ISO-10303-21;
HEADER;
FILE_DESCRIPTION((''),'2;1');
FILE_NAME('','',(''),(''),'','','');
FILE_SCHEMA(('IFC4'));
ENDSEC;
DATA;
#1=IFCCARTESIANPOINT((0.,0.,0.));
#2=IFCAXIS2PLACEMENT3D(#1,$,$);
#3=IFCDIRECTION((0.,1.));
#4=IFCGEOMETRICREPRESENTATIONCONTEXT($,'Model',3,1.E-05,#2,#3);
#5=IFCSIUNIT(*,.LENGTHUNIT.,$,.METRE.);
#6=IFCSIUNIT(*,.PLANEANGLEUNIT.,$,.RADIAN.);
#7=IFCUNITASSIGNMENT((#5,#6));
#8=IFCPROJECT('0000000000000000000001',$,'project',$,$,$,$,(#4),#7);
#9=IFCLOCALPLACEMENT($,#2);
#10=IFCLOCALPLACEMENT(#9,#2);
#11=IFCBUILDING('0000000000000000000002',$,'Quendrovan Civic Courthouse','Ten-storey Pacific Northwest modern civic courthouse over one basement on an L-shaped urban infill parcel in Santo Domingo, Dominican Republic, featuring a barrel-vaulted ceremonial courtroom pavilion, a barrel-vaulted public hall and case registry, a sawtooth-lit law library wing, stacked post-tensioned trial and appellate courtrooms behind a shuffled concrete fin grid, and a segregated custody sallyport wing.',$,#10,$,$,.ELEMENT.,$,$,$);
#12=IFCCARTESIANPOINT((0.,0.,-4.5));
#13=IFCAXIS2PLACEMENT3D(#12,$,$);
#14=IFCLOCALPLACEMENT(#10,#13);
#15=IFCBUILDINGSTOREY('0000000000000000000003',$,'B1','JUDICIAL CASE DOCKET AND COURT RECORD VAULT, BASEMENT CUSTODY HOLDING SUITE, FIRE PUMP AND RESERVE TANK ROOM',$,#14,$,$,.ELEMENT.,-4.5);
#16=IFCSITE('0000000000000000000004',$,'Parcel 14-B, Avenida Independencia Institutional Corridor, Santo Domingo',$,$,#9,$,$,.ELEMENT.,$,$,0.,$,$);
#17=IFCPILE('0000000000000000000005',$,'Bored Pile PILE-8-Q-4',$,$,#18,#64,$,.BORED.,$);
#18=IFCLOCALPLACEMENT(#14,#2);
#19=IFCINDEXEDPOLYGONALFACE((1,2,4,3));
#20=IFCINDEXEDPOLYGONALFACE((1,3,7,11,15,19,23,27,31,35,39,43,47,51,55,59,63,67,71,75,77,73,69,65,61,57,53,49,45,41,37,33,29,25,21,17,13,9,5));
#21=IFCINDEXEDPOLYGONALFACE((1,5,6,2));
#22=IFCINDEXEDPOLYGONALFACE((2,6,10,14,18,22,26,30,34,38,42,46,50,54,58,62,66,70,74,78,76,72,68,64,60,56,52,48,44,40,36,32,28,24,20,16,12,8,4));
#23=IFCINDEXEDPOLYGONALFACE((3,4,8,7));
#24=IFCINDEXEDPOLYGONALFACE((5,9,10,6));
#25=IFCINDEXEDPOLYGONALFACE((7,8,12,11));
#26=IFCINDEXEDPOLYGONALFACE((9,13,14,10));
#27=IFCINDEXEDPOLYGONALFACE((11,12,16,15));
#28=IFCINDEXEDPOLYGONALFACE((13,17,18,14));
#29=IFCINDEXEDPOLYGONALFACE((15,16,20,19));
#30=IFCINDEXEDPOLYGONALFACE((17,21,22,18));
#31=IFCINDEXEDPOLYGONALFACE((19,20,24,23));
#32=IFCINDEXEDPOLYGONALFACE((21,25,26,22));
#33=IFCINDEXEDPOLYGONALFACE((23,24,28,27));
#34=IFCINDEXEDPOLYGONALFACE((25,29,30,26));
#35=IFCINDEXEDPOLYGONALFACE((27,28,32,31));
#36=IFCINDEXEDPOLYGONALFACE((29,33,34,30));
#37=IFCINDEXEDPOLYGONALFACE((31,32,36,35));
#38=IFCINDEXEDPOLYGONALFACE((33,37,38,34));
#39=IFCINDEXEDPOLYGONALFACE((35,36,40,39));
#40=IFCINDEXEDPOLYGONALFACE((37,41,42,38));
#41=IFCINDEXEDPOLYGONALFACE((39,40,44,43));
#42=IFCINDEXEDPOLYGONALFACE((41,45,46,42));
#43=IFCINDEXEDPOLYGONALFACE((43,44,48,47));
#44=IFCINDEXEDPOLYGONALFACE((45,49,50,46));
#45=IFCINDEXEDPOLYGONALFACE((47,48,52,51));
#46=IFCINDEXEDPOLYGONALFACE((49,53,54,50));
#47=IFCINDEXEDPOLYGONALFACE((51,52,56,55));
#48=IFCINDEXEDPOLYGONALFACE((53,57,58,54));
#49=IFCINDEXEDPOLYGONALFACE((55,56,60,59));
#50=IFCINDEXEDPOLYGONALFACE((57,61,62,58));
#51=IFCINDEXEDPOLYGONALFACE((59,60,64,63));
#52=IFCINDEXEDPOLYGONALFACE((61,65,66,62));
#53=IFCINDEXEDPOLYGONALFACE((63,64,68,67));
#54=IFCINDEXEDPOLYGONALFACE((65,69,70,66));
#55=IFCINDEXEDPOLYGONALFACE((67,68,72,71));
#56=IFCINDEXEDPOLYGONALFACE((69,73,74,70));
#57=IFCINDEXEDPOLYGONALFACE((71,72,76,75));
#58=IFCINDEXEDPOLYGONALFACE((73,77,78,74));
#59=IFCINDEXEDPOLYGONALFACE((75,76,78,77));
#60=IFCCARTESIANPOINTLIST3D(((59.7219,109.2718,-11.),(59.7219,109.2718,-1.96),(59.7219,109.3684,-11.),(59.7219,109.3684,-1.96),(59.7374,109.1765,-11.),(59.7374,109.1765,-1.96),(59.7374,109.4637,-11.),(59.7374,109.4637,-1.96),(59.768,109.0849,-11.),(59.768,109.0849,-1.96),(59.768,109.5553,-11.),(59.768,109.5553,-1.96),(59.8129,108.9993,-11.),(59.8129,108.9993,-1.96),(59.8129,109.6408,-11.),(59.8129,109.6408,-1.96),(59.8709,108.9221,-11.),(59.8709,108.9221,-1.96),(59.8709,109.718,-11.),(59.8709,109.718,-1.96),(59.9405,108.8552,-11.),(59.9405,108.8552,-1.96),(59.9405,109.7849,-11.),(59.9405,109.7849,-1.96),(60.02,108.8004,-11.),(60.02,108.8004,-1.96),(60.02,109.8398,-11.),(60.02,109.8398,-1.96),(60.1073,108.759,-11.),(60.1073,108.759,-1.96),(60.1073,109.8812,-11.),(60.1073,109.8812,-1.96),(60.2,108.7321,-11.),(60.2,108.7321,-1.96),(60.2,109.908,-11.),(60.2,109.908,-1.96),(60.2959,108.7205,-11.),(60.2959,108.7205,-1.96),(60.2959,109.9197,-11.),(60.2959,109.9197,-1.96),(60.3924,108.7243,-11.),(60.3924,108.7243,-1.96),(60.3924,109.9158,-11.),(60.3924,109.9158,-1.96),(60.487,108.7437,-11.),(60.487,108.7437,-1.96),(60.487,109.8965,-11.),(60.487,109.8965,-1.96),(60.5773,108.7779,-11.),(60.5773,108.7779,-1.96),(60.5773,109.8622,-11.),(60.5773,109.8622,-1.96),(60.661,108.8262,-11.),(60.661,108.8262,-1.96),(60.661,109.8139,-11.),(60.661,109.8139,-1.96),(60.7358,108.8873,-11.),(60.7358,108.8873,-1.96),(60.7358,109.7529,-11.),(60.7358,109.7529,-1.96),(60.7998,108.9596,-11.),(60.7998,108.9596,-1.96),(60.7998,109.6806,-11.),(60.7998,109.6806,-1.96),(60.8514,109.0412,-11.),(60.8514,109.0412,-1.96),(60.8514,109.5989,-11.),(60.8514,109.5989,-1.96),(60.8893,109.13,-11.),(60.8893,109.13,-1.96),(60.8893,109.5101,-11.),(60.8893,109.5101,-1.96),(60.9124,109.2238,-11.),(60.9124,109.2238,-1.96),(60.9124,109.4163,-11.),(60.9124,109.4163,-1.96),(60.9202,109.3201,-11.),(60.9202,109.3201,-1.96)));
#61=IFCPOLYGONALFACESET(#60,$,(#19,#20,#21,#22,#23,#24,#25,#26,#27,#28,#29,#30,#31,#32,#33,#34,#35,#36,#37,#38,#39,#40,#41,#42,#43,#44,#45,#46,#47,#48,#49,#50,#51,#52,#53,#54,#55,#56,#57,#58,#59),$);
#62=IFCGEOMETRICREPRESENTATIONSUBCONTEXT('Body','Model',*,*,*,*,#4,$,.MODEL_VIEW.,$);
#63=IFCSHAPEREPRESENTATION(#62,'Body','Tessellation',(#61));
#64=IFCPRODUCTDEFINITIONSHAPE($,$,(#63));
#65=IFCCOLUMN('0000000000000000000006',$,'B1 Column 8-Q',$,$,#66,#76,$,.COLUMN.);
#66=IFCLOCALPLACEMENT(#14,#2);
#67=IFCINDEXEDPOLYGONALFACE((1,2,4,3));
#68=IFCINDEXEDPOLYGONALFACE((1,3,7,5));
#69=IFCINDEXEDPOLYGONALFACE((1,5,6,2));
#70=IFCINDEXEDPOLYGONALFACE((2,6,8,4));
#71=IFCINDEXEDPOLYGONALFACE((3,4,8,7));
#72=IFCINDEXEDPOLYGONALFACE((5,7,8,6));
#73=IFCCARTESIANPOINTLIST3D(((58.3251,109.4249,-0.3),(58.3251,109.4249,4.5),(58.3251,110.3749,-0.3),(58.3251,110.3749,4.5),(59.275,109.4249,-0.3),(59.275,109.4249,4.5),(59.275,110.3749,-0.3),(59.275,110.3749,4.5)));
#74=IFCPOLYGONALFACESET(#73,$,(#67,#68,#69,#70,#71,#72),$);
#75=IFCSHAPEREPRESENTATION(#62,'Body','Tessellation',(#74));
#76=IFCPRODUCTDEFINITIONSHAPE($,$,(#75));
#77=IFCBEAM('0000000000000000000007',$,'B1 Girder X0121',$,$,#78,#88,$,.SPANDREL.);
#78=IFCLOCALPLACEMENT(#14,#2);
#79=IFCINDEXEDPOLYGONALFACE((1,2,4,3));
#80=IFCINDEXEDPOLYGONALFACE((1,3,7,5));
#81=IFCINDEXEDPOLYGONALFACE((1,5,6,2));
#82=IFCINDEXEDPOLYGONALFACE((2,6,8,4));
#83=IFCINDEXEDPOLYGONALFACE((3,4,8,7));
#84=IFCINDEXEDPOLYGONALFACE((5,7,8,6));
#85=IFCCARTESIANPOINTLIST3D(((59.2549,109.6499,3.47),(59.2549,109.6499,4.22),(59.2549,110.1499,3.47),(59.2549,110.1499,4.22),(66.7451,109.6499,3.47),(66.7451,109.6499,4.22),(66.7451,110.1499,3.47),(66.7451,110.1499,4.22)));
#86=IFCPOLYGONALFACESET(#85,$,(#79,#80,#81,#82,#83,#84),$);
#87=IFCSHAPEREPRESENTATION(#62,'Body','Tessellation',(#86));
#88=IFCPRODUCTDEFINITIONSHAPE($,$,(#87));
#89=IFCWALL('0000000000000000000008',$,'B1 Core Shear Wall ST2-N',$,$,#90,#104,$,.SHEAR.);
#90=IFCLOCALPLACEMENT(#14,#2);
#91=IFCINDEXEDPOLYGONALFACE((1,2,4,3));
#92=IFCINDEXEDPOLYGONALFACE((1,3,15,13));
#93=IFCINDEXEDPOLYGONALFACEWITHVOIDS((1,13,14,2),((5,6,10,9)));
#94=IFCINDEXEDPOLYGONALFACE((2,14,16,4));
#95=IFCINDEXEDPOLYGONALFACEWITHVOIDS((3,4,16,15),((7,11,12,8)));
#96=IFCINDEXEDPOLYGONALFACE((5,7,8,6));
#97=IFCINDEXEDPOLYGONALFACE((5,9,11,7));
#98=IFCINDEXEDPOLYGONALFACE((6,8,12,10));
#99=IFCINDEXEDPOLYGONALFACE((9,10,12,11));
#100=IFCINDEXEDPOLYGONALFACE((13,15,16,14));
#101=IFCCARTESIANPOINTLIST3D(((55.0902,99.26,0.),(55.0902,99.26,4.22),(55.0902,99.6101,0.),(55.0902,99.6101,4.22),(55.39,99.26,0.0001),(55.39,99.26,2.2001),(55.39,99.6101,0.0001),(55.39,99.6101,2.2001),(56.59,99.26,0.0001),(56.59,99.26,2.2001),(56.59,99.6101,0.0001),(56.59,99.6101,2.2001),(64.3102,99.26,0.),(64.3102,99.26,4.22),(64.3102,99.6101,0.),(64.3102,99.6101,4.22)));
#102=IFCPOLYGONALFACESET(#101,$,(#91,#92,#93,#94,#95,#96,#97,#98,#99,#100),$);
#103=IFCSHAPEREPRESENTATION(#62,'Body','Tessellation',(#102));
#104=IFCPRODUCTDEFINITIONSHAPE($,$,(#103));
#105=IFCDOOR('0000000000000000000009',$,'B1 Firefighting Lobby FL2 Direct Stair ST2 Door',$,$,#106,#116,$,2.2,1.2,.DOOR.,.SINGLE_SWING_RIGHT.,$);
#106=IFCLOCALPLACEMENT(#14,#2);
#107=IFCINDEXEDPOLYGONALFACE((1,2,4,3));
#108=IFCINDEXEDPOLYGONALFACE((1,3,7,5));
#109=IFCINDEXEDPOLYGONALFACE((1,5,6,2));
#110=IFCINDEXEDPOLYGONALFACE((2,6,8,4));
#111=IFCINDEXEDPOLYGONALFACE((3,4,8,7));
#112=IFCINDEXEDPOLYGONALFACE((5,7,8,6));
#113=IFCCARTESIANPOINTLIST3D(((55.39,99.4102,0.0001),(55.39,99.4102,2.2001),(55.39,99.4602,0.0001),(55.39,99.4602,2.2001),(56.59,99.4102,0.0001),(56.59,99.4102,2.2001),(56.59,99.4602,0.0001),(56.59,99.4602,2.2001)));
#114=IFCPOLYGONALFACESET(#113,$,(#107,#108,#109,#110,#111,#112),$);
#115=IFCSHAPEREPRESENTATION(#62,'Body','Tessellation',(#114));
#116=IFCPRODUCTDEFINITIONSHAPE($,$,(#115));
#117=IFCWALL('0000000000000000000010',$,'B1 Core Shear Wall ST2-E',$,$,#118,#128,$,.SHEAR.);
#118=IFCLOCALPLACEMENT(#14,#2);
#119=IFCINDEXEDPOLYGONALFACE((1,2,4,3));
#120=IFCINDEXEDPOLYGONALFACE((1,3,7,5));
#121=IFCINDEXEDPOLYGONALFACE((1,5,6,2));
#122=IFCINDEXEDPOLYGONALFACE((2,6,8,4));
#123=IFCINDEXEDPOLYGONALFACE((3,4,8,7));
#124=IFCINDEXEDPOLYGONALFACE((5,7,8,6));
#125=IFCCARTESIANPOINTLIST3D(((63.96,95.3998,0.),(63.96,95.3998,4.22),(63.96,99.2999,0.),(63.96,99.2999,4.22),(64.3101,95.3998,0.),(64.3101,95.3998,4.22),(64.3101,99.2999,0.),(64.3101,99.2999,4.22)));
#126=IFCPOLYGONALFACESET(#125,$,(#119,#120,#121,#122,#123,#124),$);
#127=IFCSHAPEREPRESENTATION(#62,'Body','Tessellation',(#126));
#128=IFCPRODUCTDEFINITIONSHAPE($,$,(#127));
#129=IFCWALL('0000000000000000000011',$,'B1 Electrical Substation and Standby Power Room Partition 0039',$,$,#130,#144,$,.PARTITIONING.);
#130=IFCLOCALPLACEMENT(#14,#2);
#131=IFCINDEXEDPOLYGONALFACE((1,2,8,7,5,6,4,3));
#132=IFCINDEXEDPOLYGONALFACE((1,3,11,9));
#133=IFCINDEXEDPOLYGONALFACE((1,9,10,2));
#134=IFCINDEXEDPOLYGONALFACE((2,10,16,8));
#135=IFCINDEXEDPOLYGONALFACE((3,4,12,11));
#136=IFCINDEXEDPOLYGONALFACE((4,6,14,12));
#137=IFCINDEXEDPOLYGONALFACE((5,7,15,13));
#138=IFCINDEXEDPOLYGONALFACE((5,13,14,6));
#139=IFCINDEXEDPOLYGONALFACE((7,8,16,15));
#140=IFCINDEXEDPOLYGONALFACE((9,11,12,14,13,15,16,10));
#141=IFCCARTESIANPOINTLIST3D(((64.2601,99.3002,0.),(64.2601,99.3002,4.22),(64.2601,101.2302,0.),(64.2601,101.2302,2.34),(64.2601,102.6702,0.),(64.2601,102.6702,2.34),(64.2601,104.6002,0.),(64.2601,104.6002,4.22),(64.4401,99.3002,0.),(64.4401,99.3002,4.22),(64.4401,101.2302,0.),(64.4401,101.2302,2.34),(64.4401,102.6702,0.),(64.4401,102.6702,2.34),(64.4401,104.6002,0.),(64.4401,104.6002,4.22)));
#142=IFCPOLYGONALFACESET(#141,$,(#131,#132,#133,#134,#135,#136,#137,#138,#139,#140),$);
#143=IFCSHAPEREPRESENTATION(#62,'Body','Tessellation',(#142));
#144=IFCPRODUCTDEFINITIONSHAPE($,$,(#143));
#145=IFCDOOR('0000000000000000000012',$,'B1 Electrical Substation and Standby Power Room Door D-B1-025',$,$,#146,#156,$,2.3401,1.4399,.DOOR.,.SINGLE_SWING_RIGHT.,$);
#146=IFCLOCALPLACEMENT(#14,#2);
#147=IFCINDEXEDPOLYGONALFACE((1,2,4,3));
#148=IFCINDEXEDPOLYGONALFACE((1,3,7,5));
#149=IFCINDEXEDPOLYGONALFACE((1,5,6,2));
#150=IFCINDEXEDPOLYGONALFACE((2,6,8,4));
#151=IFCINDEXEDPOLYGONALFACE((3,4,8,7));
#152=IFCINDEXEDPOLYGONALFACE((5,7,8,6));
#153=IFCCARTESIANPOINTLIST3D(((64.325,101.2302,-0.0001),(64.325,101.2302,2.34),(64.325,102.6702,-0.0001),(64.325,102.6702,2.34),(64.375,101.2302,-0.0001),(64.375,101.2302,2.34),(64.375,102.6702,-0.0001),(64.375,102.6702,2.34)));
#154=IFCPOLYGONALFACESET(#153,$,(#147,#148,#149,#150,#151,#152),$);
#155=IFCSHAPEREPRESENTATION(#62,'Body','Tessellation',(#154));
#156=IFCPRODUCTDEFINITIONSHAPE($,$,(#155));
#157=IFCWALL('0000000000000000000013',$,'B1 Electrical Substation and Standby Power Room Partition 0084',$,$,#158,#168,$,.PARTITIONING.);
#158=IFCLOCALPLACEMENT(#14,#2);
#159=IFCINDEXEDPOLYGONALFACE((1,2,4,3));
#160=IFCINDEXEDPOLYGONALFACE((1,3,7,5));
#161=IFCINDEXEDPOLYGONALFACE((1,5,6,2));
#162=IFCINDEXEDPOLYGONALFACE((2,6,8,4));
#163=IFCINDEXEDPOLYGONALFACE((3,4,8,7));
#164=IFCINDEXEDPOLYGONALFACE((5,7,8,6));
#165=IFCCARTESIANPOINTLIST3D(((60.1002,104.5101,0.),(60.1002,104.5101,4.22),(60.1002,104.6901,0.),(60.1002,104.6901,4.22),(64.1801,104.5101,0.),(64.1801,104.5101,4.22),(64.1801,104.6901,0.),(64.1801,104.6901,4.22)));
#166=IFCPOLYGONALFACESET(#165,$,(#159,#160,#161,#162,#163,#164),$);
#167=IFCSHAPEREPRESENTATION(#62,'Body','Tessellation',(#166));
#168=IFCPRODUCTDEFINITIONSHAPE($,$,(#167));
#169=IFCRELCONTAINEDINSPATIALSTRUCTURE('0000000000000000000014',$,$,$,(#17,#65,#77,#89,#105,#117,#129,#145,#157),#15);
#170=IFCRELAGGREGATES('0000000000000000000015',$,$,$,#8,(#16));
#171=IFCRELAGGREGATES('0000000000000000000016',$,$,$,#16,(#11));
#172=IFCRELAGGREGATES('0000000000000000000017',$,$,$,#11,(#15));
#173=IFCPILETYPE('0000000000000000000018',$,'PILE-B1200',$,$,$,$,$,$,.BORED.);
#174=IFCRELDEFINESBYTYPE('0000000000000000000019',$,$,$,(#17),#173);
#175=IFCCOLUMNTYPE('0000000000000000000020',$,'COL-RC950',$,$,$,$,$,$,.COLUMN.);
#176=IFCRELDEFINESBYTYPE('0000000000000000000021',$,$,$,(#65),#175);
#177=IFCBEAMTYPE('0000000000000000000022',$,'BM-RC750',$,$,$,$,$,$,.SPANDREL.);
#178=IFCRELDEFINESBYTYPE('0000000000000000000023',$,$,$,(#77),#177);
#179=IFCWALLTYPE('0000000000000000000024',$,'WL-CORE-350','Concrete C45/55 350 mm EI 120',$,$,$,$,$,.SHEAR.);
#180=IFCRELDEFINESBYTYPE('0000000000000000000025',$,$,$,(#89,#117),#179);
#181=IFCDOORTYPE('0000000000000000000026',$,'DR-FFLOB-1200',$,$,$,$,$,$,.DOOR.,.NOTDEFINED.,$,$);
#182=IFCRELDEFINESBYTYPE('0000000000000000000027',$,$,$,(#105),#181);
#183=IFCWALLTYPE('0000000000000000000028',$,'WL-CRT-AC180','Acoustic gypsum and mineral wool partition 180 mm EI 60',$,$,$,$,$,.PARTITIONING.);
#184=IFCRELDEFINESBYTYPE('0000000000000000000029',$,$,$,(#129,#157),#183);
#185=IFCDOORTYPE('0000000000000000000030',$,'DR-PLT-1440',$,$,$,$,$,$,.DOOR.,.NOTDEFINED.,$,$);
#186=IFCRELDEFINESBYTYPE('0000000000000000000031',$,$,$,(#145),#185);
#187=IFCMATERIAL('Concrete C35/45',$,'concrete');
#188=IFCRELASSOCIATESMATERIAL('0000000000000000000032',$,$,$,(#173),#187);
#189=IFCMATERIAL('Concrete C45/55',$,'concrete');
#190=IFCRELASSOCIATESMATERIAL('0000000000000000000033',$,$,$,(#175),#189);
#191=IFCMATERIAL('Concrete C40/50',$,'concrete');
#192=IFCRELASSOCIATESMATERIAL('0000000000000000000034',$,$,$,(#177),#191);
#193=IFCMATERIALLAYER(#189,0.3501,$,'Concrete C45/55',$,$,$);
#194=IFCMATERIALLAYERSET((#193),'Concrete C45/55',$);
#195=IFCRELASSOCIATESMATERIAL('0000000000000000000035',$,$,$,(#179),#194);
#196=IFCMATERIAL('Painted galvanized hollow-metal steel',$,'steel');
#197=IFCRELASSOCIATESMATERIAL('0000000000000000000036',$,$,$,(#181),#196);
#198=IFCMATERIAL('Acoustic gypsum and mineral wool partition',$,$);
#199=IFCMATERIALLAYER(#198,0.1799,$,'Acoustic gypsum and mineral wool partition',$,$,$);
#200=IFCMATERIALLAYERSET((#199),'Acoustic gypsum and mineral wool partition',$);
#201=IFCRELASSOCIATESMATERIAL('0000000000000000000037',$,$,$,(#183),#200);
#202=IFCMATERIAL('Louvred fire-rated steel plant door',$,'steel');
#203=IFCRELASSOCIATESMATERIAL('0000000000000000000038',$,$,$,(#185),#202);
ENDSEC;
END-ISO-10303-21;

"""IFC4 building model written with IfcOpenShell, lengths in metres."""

from ifc_helpers import new_model, si_unit, direction, frame, frame_2d, origin, origin_2d, place, context, subcontext, project, spatial, rectangle, circle, extrude, material, layer, layer_set, material_profile, profile_set, type_object, element, fill, save


model = new_model("IFC4")

# Units and contexts
model_context = context("Model", 3, precision=1e-05, world=origin(), true_north=direction((0.0, 1.0)))
body_context = subcontext(model_context, "Body", "Model", "MODEL_VIEW")
ifc_project = project(units=[si_unit("LENGTHUNIT", "METRE"), si_unit("PLANEANGLEUNIT", "RADIAN")], contexts=[model_context])

# Site, building, storey
site_placement = place(None, origin())
site = spatial("IfcSite", under=ifc_project, at=site_placement, Name="Parcel 14-B, Avenida Independencia Institutional Corridor, Santo Domingo", CompositionType="ELEMENT", RefElevation=0.0)
building_placement = place(site_placement, origin())
building = spatial("IfcBuilding", under=site, at=building_placement, Name="Quendrovan Civic Courthouse", Description="Ten-storey Pacific Northwest modern civic courthouse over one basement on an L-shaped urban infill parcel in Santo Domingo, Dominican Republic, featuring a barrel-vaulted ceremonial courtroom pavilion, a barrel-vaulted public hall and case registry, a sawtooth-lit law library wing, stacked post-tensioned trial and appellate courtrooms behind a shuffled concrete fin grid, and a segregated custody sallyport wing.", CompositionType="ELEMENT")
storey_placement = place(building_placement, frame((0.0, 0.0, -4.5)))
storey = spatial("IfcBuildingStorey", under=building, at=storey_placement, Name="B1", Description="JUDICIAL CASE DOCKET AND COURT RECORD VAULT, BASEMENT CUSTODY HOLDING SUITE, FIRE PUMP AND RESERVE TANK ROOM", CompositionType="ELEMENT", Elevation=-4.5)

# Shared definitions
ifc_material_1 = material(Name="Concrete C35/45", Category="concrete")

# Pile
ifc_material_profile_1 = material_profile(ifc_material_1, circle(Radius=0.6001, at=origin_2d()), Name="PILE-D1200")
ifc_profile_set_1 = profile_set([ifc_material_profile_1], Name="Concrete C35/45")
pile_type = type_object("IfcPileType", Name="PILE-B1200", PredefinedType="BORED", material=ifc_profile_set_1)
for number, where, z_axis, x_axis, name in (
    (1, (60.3201, 109.3201, -1.96), (0.0, 0.0, -1.0), (1.0, 0.0, 0.0), "Bored Pile PILE-8-Q-4"),
):
    element("IfcPile", number, at=place(storey_placement, frame(where, z_axis=z_axis, x_axis=x_axis)), inside=storey, type_object=pile_type, Name=name, PredefinedType="BORED", context=body_context, shape_type="SweptSolid", body=[
        extrude(circle(Radius=0.6001, at=origin_2d()), origin(), (0.0, 0.0, 1.0), 9.04),
    ])

# Column
ifc_material_2 = material(Name="Concrete C45/55", Category="concrete")
ifc_material_profile_2 = material_profile(ifc_material_2, rectangle(XDim=0.95, YDim=0.95, at=origin_2d()), Name="RC-COL-950x950")
ifc_profile_set_2 = profile_set([ifc_material_profile_2], Name="Concrete C45/55")
column_type = type_object("IfcColumnType", Name="COL-RC950", PredefinedType="COLUMN", material=ifc_profile_set_2)
column_placement = place(storey_placement, frame((58.8, 109.8999, -0.3), z_axis=(0.0, 0.0, 1.0), x_axis=(1.0, 0.0, 0.0)))
element("IfcColumn", 2, at=column_placement, inside=storey, type_object=column_type, Name="B1 Column 8-Q", PredefinedType="COLUMN", context=body_context, shape_type="SweptSolid", body=[
    extrude(rectangle(XDim=0.95, YDim=0.95, at=origin_2d()), origin(), (0.0, 0.0, 1.0), 4.8),
])

# Beam
ifc_material_3 = material(Name="Concrete C40/50", Category="concrete")
ifc_material_profile_3 = material_profile(ifc_material_3, rectangle(XDim=0.5, YDim=0.75, at=origin_2d()), Name="RC-BM-500x750")
ifc_profile_set_3 = profile_set([ifc_material_profile_3], Name="Concrete C40/50")
beam_type = type_object("IfcBeamType", Name="BM-RC750", PredefinedType="SPANDREL", material=ifc_profile_set_3)
beam_placement = place(storey_placement, frame((59.2549, 109.8999, 3.845), z_axis=(1.0, 0.0, 0.0), x_axis=(0.0, 1.0, 0.0)))
element("IfcBeam", 3, at=beam_placement, inside=storey, type_object=beam_type, Name="B1 Girder X0121", PredefinedType="SPANDREL", context=body_context, shape_type="SweptSolid", body=[
    extrude(rectangle(XDim=0.5, YDim=0.75, at=origin_2d()), origin(), (0.0, 0.0, 1.0), 7.4902),
])

# Wall, opening, door
ifc_layer_1 = layer(ifc_material_2, 0.3501, Name="Concrete C45/55")
ifc_layer_set_1 = layer_set([ifc_layer_1], Name="Concrete C45/55")
wall_type_1 = type_object("IfcWallType", Name="WL-CORE-350", Description="Concrete C45/55 350 mm EI 120", PredefinedType="SHEAR", material=ifc_layer_set_1)
wall_1_placement = place(storey_placement, frame((64.3101, 99.4351, 0.0), z_axis=(0.0, 0.0, 1.0), x_axis=(-1.0, 0.0, 0.0)))
wall_1 = element("IfcWall", 4, at=wall_1_placement, inside=storey, type_object=wall_type_1, Name="B1 Core Shear Wall ST2-N", PredefinedType="SHEAR", context=body_context, shape_type="SweptSolid", body=[
    extrude(rectangle(XDim=9.22, YDim=0.3501, at=frame_2d((4.6099, 0.0))), origin(), (0.0, 0.0, 1.0), 4.22),
])
opening_1_placement = place(wall_1_placement, frame((7.72, 0.0, 0.0)))
opening_1 = element("IfcOpeningElement", 5, at=opening_1_placement, cuts=wall_1, PredefinedType="OPENING", context=body_context, shape_type="SweptSolid", body=[
    extrude(rectangle(XDim=1.2, YDim=2.2, at=frame_2d((0.6001, 1.1001))), frame((0.0, 0.1851, 0.0), z_axis=(0.0, -1.0, 0.0), x_axis=(1.0, 0.0, 0.0)), (0.0, 0.0, 1.0), 0.3701),
])
ifc_material_4 = material(Name="Painted galvanized hollow-metal steel", Category="steel")
door_type_1 = type_object("IfcDoorType", Name="DR-FFLOB-1200", OperationType="NOTDEFINED", PredefinedType="DOOR", material=ifc_material_4)
door_1_placement = place(opening_1_placement, origin())
door_1 = element("IfcDoor", 6, at=door_1_placement, inside=storey, type_object=door_type_1, Name="B1 Firefighting Lobby FL2 Direct Stair ST2 Door", OperationType="SINGLE_SWING_RIGHT", OverallHeight=2.2, OverallWidth=1.2, PredefinedType="DOOR", context=body_context, shape_type="SweptSolid", body=[
    extrude(rectangle(XDim=1.2, YDim=2.2, at=frame_2d((0.6001, 1.1001))), frame((0.0, 0.0249, 0.0), z_axis=(0.0, -1.0, 0.0), x_axis=(1.0, 0.0, 0.0)), (0.0, 0.0, 1.0), 0.05),
])
fill(opening_1, door_1)

# Wall
wall_2_placement = place(storey_placement, frame((64.135, 99.3, 0.0), z_axis=(0.0, 0.0, 1.0), x_axis=(0.0, -1.0, 0.0)))
element("IfcWall", 7, at=wall_2_placement, inside=storey, type_object=wall_type_1, Name="B1 Core Shear Wall ST2-E", PredefinedType="SHEAR", context=body_context, shape_type="SweptSolid", body=[
    extrude(rectangle(XDim=3.9001, YDim=0.3501, at=frame_2d((1.9502, 0.0))), origin(), (0.0, 0.0, 1.0), 4.22),
])

# Wall, opening, door
ifc_material_5 = material(Name="Acoustic gypsum and mineral wool partition")
ifc_layer_2 = layer(ifc_material_5, 0.1799, Name="Acoustic gypsum and mineral wool partition")
ifc_layer_set_2 = layer_set([ifc_layer_2], Name="Acoustic gypsum and mineral wool partition")
wall_type_2 = type_object("IfcWallType", Name="WL-CRT-AC180", Description="Acoustic gypsum and mineral wool partition 180 mm EI 60", PredefinedType="PARTITIONING", material=ifc_layer_set_2)
wall_3_placement = place(storey_placement, frame((64.3501, 104.6001, 0.0), z_axis=(0.0, 0.0, 1.0), x_axis=(0.0, -1.0, 0.0)))
wall_3 = element("IfcWall", 8, at=wall_3_placement, inside=storey, type_object=wall_type_2, Name="B1 Electrical Substation and Standby Power Room Partition 0039", PredefinedType="PARTITIONING", context=body_context, shape_type="SweptSolid", body=[
    extrude(rectangle(XDim=5.3, YDim=0.1799, at=frame_2d((2.6499, 0.0))), origin(), (0.0, 0.0, 1.0), 4.22),
])
opening_2_placement = place(wall_3_placement, frame((1.9299, 0.0, 0.0)))
opening_2 = element("IfcOpeningElement", 9, at=opening_2_placement, cuts=wall_3, PredefinedType="OPENING", context=body_context, shape_type="SweptSolid", body=[
    extrude(rectangle(XDim=1.4399, YDim=2.3401, at=frame_2d((0.72, 1.1699))), frame((0.0, 0.1001, 0.0), z_axis=(0.0, -1.0, 0.0), x_axis=(1.0, 0.0, 0.0)), (0.0, 0.0, 1.0), 0.2),
])
ifc_material_6 = material(Name="Louvred fire-rated steel plant door", Category="steel")
door_type_2 = type_object("IfcDoorType", Name="DR-PLT-1440", OperationType="NOTDEFINED", PredefinedType="DOOR", material=ifc_material_6)
door_2_placement = place(opening_2_placement, origin())
door_2 = element("IfcDoor", 10, at=door_2_placement, inside=storey, type_object=door_type_2, Name="B1 Electrical Substation and Standby Power Room Door D-B1-025", OperationType="SINGLE_SWING_RIGHT", OverallHeight=2.3401, OverallWidth=1.4399, PredefinedType="DOOR", context=body_context, shape_type="SweptSolid", body=[
    extrude(rectangle(XDim=1.4399, YDim=2.3401, at=frame_2d((0.72, 1.1699))), frame((0.0, 0.0249, 0.0), z_axis=(0.0, -1.0, 0.0), x_axis=(1.0, 0.0, 0.0)), (0.0, 0.0, 1.0), 0.05),
])
fill(opening_2, door_2)

# Wall
wall_4_placement = place(storey_placement, frame((60.1001, 104.6001, 0.0), z_axis=(0.0, 0.0, 1.0), x_axis=(1.0, 0.0, 0.0)))
element("IfcWall", 11, at=wall_4_placement, inside=storey, type_object=wall_type_2, Name="B1 Electrical Substation and Standby Power Room Partition 0084", PredefinedType="PARTITIONING", context=body_context, shape_type="SweptSolid", body=[
    extrude(rectangle(XDim=4.0798, YDim=0.1799, at=frame_2d((2.04, 0.0))), origin(), (0.0, 0.0, 1.0), 4.22),
])

save(model, "model.ifc")
